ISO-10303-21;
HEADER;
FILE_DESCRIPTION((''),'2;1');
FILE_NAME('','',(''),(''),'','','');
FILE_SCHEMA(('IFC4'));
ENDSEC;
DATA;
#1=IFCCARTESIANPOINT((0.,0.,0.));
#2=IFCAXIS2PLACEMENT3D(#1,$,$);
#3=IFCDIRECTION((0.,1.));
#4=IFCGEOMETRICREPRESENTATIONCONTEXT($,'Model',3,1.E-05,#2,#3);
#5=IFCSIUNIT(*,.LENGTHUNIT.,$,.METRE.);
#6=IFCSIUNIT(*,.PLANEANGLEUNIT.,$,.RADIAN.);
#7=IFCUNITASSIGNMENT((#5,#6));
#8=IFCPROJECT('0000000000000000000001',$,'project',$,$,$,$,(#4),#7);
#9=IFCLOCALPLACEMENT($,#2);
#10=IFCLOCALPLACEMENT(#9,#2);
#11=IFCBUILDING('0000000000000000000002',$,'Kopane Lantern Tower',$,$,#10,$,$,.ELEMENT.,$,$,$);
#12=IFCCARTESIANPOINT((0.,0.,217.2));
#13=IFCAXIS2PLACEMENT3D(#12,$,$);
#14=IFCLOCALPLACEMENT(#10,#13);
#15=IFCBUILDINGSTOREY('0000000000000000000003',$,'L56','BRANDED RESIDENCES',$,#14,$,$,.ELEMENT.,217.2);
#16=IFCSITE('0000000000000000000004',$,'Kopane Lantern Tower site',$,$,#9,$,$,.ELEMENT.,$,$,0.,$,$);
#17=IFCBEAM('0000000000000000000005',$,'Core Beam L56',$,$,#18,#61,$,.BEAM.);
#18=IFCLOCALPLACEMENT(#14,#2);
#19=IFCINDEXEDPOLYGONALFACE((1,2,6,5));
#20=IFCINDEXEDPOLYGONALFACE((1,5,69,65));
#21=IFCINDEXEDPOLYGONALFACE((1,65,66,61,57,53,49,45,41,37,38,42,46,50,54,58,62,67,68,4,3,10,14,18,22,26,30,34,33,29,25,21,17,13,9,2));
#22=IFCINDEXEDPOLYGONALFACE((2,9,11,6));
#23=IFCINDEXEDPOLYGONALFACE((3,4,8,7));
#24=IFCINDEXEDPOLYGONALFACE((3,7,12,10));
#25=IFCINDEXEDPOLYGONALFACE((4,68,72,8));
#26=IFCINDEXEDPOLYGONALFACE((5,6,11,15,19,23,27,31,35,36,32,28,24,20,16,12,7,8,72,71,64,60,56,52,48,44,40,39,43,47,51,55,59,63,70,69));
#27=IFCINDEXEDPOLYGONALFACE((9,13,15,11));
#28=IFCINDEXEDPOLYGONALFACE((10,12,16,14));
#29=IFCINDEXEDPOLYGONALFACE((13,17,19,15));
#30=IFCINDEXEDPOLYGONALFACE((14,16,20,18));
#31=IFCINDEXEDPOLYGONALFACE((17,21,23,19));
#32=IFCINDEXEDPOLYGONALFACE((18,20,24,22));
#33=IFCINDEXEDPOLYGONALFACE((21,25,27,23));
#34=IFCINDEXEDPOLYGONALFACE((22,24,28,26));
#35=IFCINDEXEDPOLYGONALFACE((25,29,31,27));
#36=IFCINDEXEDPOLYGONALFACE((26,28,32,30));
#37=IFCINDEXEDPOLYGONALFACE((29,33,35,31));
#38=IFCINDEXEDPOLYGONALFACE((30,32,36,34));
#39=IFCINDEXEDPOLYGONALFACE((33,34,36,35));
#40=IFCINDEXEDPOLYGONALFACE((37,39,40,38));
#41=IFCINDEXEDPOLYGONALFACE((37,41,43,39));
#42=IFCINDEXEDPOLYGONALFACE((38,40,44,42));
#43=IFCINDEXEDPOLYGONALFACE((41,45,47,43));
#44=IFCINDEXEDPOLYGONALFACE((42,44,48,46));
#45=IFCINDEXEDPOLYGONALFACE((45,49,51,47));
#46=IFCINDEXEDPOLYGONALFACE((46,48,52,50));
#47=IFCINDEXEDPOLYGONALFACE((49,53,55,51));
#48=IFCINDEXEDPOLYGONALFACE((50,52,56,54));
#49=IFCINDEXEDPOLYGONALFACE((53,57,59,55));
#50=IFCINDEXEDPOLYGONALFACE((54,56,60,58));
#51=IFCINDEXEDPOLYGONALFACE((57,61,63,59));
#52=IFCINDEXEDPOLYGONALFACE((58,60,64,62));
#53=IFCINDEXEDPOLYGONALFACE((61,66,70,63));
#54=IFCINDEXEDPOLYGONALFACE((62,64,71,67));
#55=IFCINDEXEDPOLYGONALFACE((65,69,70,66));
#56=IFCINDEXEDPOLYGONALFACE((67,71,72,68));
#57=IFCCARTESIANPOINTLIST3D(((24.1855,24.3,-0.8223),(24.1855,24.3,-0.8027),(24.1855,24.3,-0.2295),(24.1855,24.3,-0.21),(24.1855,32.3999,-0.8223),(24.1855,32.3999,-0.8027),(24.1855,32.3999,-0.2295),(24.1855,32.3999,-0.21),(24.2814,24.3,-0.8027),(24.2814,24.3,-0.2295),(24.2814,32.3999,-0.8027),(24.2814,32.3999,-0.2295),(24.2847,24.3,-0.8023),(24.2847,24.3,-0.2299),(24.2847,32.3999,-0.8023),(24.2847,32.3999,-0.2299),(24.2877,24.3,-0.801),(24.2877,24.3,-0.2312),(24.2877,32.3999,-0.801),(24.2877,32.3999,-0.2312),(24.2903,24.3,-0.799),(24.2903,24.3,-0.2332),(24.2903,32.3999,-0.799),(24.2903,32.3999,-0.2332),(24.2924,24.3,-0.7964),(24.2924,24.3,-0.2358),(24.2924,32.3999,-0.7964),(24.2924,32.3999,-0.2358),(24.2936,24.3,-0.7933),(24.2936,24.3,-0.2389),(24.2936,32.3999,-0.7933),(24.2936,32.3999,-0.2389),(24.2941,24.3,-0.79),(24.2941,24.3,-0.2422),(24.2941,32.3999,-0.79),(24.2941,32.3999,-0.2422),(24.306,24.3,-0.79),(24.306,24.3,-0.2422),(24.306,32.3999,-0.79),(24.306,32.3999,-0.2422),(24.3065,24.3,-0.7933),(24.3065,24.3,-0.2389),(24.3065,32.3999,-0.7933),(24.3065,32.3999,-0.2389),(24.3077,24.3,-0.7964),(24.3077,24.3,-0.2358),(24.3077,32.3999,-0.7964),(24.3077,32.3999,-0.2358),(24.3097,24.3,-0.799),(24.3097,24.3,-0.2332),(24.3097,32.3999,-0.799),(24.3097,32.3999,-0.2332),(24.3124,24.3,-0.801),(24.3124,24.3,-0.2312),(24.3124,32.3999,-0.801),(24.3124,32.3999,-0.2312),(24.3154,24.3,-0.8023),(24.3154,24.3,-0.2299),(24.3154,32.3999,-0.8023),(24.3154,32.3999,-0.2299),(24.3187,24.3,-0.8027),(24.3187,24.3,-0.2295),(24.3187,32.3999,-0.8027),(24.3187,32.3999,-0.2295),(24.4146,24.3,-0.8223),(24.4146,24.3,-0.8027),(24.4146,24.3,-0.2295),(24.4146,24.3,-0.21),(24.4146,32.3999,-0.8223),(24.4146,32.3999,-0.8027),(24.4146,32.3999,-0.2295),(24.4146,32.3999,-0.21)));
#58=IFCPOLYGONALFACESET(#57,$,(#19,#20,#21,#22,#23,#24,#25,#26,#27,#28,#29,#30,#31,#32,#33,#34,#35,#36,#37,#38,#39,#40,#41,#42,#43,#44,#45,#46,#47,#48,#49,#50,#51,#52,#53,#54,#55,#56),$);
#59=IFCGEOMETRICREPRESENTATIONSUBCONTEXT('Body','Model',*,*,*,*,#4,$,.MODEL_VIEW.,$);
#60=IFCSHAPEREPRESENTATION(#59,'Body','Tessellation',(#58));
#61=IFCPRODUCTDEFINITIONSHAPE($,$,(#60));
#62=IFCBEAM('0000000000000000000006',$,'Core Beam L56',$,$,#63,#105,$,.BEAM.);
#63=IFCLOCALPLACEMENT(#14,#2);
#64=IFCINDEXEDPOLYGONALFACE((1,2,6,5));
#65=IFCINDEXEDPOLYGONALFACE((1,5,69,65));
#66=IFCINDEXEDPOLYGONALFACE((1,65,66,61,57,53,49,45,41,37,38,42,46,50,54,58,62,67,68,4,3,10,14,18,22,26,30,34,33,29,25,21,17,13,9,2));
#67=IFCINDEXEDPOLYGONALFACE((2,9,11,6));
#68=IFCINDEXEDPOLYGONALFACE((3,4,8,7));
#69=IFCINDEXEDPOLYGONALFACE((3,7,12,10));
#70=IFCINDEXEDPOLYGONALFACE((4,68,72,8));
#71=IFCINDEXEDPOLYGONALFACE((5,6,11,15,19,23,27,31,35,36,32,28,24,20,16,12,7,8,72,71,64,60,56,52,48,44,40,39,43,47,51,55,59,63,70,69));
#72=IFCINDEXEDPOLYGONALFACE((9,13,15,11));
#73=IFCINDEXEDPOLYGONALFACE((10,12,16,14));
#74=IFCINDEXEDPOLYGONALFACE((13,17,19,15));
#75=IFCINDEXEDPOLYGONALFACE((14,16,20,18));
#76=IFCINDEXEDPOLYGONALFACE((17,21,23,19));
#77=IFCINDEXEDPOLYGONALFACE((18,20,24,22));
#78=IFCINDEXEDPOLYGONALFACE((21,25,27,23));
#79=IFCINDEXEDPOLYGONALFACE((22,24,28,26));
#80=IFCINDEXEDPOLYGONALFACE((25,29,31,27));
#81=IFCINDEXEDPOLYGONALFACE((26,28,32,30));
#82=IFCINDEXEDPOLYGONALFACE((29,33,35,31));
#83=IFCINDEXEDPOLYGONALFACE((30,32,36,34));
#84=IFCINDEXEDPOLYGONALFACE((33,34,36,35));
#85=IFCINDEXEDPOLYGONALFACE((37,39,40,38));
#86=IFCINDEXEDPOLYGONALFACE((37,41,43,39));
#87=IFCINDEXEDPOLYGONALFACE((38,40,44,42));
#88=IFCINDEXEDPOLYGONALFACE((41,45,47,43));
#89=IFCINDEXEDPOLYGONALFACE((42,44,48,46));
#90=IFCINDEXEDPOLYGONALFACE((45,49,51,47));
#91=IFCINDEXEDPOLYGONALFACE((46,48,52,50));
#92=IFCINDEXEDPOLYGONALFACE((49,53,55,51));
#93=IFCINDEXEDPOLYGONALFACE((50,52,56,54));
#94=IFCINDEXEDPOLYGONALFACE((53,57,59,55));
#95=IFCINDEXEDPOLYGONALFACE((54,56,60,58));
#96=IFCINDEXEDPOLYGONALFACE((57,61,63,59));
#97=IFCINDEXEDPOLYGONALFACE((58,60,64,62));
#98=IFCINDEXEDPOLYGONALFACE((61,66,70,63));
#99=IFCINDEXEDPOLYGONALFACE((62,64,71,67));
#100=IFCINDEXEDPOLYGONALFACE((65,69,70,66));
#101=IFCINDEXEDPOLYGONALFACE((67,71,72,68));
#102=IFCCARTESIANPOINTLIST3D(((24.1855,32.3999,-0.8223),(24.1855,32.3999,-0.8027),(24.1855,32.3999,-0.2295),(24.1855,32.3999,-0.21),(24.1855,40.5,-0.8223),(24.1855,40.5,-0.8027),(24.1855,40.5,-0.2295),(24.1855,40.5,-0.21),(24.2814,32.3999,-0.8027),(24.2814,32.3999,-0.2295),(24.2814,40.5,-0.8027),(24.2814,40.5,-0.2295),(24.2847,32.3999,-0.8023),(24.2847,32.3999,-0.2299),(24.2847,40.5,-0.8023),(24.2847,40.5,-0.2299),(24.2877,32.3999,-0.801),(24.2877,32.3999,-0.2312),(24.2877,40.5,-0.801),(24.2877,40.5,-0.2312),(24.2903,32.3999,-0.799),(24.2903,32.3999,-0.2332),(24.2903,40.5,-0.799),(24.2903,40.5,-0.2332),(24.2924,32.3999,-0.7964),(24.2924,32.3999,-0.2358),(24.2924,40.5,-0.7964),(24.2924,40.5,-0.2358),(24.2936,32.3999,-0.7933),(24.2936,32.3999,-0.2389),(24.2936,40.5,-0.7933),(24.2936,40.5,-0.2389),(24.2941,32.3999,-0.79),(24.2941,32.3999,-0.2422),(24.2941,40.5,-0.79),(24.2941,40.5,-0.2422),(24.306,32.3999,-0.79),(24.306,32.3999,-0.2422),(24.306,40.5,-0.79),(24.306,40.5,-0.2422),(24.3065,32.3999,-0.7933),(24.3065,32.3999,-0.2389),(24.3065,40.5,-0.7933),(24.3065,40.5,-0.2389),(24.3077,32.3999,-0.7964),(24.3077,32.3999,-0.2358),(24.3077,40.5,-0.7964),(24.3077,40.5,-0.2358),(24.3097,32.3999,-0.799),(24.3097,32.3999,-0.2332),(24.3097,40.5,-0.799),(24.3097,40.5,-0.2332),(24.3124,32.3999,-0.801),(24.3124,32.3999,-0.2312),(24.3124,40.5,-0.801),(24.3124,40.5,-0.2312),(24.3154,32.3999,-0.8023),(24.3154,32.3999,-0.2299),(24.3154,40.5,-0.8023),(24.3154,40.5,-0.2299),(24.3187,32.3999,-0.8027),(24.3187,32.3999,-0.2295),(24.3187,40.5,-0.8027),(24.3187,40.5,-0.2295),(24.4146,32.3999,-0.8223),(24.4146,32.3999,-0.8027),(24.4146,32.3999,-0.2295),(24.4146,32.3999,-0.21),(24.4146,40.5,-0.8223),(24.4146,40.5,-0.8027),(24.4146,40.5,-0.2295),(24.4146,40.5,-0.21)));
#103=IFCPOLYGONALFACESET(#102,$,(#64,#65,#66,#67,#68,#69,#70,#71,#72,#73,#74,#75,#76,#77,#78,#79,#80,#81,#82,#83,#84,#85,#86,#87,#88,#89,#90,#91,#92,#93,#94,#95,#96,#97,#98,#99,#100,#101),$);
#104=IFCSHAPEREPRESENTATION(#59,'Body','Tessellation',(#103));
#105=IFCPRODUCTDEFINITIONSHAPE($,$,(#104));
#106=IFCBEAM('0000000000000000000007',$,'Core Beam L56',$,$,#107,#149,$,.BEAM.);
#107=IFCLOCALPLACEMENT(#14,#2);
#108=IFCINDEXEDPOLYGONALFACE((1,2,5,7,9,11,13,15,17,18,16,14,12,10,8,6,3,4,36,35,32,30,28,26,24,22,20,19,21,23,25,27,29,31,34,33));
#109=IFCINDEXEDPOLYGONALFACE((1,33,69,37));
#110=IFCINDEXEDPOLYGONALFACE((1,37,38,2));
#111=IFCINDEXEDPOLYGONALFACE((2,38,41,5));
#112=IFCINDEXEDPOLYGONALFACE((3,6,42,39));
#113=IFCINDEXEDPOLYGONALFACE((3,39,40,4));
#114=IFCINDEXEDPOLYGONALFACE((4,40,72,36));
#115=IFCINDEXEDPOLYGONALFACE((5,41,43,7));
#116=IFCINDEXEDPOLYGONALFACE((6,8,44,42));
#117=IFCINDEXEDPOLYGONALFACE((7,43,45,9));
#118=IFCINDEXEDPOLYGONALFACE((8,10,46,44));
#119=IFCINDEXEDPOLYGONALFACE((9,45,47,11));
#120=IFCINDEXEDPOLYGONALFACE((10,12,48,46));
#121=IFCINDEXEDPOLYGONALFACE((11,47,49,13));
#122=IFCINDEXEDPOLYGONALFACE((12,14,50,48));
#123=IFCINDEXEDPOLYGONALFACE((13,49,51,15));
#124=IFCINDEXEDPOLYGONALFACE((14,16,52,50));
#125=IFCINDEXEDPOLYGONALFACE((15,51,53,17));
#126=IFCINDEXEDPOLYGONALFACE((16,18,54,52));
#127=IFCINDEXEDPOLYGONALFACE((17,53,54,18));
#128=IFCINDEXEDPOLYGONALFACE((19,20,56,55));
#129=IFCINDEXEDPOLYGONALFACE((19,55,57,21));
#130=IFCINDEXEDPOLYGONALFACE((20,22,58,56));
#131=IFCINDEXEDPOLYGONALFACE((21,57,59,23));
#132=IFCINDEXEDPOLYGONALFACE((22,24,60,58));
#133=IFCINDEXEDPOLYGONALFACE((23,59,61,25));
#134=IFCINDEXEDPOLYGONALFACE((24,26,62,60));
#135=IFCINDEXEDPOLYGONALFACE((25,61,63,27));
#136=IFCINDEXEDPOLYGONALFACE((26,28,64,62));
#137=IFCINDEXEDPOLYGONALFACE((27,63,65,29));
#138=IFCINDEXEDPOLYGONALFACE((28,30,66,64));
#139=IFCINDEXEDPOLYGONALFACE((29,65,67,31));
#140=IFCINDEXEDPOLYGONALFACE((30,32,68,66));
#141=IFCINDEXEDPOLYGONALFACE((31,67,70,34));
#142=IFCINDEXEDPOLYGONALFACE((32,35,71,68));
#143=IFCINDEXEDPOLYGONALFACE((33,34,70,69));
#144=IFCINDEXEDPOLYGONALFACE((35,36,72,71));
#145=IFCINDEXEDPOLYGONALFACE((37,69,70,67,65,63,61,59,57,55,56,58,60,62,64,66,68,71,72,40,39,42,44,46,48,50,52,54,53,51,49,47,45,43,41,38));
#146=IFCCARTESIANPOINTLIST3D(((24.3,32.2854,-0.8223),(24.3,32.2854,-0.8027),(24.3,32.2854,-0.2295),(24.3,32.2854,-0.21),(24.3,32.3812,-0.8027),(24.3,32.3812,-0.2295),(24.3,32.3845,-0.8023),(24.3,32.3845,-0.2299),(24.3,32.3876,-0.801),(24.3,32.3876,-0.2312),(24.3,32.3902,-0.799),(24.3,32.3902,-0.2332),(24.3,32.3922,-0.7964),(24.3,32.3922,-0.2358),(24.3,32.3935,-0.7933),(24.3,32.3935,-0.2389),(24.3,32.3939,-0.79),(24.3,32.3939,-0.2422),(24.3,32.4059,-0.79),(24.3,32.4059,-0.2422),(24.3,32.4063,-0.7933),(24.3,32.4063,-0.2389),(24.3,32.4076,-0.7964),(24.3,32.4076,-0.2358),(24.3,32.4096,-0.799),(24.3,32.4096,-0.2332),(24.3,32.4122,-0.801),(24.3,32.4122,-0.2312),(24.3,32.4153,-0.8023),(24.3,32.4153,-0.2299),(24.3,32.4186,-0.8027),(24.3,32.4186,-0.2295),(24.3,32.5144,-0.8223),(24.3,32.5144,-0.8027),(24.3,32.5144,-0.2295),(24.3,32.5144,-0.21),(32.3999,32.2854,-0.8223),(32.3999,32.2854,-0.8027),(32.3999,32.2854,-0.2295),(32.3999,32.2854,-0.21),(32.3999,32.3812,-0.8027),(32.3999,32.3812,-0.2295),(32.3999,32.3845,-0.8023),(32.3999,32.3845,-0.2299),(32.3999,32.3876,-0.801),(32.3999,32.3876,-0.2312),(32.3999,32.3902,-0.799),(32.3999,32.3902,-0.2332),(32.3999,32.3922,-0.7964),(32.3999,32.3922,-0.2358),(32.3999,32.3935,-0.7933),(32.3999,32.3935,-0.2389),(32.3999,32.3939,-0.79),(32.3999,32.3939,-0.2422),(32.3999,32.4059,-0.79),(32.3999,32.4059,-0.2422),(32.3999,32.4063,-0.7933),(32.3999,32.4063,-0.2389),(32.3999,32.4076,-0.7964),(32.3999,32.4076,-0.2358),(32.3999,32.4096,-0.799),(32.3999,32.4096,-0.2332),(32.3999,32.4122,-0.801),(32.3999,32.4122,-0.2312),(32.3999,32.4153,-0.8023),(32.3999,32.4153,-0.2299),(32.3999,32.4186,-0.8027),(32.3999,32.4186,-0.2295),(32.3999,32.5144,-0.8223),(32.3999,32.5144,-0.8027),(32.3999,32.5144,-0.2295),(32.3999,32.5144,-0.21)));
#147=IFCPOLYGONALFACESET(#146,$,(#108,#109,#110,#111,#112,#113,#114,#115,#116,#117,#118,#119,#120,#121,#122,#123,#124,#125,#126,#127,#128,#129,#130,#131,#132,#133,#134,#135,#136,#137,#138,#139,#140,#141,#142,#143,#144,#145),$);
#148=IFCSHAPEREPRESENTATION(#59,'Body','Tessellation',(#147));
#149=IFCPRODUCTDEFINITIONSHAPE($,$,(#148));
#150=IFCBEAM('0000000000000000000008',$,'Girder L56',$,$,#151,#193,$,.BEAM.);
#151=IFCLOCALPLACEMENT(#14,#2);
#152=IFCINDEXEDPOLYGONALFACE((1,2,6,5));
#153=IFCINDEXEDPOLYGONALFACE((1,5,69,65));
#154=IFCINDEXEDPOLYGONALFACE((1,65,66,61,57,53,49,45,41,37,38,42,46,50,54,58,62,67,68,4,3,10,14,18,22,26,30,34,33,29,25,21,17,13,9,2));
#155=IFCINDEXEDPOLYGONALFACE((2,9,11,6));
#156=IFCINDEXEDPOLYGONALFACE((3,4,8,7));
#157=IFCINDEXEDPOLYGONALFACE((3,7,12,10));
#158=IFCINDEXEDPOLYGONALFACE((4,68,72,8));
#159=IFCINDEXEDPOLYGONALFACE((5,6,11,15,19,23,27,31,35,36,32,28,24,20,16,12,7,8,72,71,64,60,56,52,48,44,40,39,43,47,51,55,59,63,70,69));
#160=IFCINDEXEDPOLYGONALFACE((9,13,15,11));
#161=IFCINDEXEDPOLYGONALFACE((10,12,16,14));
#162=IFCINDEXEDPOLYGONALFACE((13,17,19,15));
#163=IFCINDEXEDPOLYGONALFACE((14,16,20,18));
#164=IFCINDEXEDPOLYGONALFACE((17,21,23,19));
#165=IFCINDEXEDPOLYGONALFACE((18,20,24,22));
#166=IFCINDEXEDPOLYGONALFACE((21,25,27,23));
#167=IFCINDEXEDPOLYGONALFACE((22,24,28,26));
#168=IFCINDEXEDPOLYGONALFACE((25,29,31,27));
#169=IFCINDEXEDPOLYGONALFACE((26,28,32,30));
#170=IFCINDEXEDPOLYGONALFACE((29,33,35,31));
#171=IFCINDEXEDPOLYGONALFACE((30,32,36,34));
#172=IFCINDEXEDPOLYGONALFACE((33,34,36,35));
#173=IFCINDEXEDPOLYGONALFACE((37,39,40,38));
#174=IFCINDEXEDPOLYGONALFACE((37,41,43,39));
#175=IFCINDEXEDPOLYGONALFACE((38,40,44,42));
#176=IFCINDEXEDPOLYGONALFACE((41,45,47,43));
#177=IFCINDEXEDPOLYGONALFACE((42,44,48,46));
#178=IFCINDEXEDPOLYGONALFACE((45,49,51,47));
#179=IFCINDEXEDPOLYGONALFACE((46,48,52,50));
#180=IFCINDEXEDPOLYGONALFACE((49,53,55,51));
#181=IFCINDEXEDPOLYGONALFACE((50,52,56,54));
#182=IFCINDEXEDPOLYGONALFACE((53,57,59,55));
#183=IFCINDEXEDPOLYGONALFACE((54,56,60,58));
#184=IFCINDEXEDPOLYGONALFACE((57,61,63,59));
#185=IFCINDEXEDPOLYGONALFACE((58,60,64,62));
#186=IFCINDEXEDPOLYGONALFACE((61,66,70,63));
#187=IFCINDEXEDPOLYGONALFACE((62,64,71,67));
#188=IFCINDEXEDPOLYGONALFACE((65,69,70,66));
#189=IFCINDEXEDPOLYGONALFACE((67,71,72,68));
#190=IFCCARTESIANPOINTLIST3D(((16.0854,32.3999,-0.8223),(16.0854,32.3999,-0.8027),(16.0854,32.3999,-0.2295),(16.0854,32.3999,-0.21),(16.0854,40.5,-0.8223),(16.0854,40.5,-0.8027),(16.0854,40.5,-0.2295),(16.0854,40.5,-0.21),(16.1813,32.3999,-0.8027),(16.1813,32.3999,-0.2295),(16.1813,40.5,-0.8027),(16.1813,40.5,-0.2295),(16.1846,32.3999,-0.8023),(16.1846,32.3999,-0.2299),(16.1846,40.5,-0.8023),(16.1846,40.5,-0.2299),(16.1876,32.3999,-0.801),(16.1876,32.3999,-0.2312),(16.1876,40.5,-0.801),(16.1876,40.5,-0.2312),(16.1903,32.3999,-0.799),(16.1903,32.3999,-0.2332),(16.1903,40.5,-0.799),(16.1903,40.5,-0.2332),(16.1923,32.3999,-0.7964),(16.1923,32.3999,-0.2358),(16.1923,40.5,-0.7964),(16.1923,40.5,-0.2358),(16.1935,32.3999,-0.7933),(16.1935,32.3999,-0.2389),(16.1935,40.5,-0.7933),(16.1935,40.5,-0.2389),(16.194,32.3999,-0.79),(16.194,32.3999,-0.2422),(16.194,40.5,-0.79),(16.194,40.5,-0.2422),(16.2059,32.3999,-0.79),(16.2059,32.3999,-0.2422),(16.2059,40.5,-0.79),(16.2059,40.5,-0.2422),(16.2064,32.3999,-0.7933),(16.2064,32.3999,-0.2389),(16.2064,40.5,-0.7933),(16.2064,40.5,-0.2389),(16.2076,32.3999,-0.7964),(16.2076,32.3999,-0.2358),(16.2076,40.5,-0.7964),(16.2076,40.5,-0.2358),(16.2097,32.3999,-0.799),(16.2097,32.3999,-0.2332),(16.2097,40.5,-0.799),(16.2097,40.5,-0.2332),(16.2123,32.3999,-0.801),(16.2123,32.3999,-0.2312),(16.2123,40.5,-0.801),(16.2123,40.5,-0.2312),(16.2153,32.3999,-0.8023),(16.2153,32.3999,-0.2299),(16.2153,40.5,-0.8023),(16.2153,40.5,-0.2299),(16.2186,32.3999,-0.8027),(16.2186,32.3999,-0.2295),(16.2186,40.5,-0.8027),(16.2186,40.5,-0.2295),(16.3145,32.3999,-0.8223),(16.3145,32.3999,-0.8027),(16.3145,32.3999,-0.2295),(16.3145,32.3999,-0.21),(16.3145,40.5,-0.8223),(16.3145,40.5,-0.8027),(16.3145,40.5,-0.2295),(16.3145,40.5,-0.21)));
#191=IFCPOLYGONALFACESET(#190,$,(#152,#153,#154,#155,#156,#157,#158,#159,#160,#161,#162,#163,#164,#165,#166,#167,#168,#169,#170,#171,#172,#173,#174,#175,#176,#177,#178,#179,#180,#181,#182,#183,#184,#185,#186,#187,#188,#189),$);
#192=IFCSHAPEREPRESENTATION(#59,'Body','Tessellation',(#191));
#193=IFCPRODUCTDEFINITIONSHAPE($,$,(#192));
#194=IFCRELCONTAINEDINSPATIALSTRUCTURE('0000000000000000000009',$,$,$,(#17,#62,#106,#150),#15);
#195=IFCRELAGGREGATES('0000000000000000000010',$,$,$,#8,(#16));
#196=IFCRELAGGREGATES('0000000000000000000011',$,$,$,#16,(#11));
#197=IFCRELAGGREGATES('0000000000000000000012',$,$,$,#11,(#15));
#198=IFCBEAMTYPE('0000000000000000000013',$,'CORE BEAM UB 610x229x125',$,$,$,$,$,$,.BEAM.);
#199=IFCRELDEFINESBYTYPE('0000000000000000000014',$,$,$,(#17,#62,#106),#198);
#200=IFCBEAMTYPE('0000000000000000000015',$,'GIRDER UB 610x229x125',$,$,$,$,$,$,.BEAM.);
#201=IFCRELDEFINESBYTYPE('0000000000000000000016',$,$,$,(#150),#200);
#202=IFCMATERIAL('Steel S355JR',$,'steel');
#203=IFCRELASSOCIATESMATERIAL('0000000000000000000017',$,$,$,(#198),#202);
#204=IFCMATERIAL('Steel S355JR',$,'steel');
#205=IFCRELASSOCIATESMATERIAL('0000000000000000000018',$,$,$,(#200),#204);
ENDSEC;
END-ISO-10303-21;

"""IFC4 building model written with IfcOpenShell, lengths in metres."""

from ifc_helpers import new_model, si_unit, direction, frame, origin, origin_2d, place, context, subcontext, project, spatial, i_section, extrude, material, material_profile, profile_set, type_object, element, save


model = new_model("IFC4")

# Units and contexts
model_context = context("Model", 3, precision=1e-05, world=origin(), true_north=direction((0.0, 1.0)))
body_context = subcontext(model_context, "Body", "Model", "MODEL_VIEW")
ifc_project = project(units=[si_unit("LENGTHUNIT", "METRE"), si_unit("PLANEANGLEUNIT", "RADIAN")], contexts=[model_context])

# Site, building, storey
site_placement = place(None, origin())
site = spatial("IfcSite", under=ifc_project, at=site_placement, Name="Kopane Lantern Tower site", CompositionType="ELEMENT", RefElevation=0.0)
building_placement = place(site_placement, origin())
building = spatial("IfcBuilding", under=site, at=building_placement, Name="Kopane Lantern Tower", CompositionType="ELEMENT")
storey_placement = place(building_placement, frame((0.0, 0.0, 217.2)))
storey = spatial("IfcBuildingStorey", under=building, at=storey_placement, Name="L56", Description="BRANDED RESIDENCES", CompositionType="ELEMENT", Elevation=217.2)

# Beams
ifc_material_1 = material(Name="Steel S355JR", Category="steel")
ifc_material_profile_1 = material_profile(ifc_material_1, i_section(OverallWidth=0.229, OverallDepth=0.6123, WebThickness=0.012, FlangeThickness=0.0195, FilletRadius=0.0127, at=origin_2d()), Name="UB 610x229x125")
ifc_profile_set_1 = profile_set([ifc_material_profile_1], Name="Steel S355JR")
beam_type_1 = type_object("IfcBeamType", Name="CORE BEAM UB 610x229x125", PredefinedType="BEAM", material=ifc_profile_set_1)
beam_1_placement = place(storey_placement, frame((24.3, 24.3, -0.5161), z_axis=(0.0, 1.0, 0.0), x_axis=(-1.0, 0.0, 0.0)))
element("IfcBeam", 1, at=beam_1_placement, inside=storey, type_object=beam_type_1, Name="Core Beam L56", PredefinedType="BEAM", context=body_context, shape_type="SweptSolid", body=[
    extrude(i_section(OverallWidth=0.229, OverallDepth=0.6123, WebThickness=0.012, FlangeThickness=0.0195, FilletRadius=0.0127, at=origin_2d()), origin(), (0.0, 0.0, 1.0), 8.0999),
])
beam_2_placement = place(storey_placement, frame((24.3, 32.3999, -0.5161), z_axis=(0.0, 1.0, 0.0), x_axis=(-1.0, 0.0, 0.0)))
element("IfcBeam", 2, at=beam_2_placement, inside=storey, type_object=beam_type_1, Name="Core Beam L56", PredefinedType="BEAM", context=body_context, shape_type="SweptSolid", body=[
    extrude(i_section(OverallWidth=0.229, OverallDepth=0.6123, WebThickness=0.012, FlangeThickness=0.0195, FilletRadius=0.0127, at=origin_2d()), origin(), (0.0, 0.0, 1.0), 8.1001),
])
beam_3_placement = place(storey_placement, frame((24.3, 32.3999, -0.5161), z_axis=(1.0, 0.0, 0.0), x_axis=(0.0, 1.0, 0.0)))
element("IfcBeam", 3, at=beam_3_placement, inside=storey, type_object=beam_type_1, Name="Core Beam L56", PredefinedType="BEAM", context=body_context, shape_type="SweptSolid", body=[
    extrude(i_section(OverallWidth=0.229, OverallDepth=0.6123, WebThickness=0.012, FlangeThickness=0.0195, FilletRadius=0.0127, at=origin_2d()), origin(), (0.0, 0.0, 1.0), 8.0999),
])
ifc_material_2 = material(Name="Steel S355JR", Category="steel")
ifc_material_profile_2 = material_profile(ifc_material_2, i_section(OverallWidth=0.229, OverallDepth=0.6123, WebThickness=0.012, FlangeThickness=0.0195, FilletRadius=0.0127, at=origin_2d()), Name="UB 610x229x125")
ifc_profile_set_2 = profile_set([ifc_material_profile_2], Name="Steel S355JR")
beam_type_2 = type_object("IfcBeamType", Name="GIRDER UB 610x229x125", PredefinedType="BEAM", material=ifc_profile_set_2)
beam_4_placement = place(storey_placement, frame((16.2, 32.3999, -0.5161), z_axis=(0.0, 1.0, 0.0), x_axis=(-1.0, 0.0, 0.0)))
element("IfcBeam", 4, at=beam_4_placement, inside=storey, type_object=beam_type_2, Name="Girder L56", PredefinedType="BEAM", context=body_context, shape_type="SweptSolid", body=[
    extrude(i_section(OverallWidth=0.229, OverallDepth=0.6123, WebThickness=0.012, FlangeThickness=0.0195, FilletRadius=0.0127, at=origin_2d()), origin(), (0.0, 0.0, 1.0), 8.1001),
])

save(model, "model.ifc")
